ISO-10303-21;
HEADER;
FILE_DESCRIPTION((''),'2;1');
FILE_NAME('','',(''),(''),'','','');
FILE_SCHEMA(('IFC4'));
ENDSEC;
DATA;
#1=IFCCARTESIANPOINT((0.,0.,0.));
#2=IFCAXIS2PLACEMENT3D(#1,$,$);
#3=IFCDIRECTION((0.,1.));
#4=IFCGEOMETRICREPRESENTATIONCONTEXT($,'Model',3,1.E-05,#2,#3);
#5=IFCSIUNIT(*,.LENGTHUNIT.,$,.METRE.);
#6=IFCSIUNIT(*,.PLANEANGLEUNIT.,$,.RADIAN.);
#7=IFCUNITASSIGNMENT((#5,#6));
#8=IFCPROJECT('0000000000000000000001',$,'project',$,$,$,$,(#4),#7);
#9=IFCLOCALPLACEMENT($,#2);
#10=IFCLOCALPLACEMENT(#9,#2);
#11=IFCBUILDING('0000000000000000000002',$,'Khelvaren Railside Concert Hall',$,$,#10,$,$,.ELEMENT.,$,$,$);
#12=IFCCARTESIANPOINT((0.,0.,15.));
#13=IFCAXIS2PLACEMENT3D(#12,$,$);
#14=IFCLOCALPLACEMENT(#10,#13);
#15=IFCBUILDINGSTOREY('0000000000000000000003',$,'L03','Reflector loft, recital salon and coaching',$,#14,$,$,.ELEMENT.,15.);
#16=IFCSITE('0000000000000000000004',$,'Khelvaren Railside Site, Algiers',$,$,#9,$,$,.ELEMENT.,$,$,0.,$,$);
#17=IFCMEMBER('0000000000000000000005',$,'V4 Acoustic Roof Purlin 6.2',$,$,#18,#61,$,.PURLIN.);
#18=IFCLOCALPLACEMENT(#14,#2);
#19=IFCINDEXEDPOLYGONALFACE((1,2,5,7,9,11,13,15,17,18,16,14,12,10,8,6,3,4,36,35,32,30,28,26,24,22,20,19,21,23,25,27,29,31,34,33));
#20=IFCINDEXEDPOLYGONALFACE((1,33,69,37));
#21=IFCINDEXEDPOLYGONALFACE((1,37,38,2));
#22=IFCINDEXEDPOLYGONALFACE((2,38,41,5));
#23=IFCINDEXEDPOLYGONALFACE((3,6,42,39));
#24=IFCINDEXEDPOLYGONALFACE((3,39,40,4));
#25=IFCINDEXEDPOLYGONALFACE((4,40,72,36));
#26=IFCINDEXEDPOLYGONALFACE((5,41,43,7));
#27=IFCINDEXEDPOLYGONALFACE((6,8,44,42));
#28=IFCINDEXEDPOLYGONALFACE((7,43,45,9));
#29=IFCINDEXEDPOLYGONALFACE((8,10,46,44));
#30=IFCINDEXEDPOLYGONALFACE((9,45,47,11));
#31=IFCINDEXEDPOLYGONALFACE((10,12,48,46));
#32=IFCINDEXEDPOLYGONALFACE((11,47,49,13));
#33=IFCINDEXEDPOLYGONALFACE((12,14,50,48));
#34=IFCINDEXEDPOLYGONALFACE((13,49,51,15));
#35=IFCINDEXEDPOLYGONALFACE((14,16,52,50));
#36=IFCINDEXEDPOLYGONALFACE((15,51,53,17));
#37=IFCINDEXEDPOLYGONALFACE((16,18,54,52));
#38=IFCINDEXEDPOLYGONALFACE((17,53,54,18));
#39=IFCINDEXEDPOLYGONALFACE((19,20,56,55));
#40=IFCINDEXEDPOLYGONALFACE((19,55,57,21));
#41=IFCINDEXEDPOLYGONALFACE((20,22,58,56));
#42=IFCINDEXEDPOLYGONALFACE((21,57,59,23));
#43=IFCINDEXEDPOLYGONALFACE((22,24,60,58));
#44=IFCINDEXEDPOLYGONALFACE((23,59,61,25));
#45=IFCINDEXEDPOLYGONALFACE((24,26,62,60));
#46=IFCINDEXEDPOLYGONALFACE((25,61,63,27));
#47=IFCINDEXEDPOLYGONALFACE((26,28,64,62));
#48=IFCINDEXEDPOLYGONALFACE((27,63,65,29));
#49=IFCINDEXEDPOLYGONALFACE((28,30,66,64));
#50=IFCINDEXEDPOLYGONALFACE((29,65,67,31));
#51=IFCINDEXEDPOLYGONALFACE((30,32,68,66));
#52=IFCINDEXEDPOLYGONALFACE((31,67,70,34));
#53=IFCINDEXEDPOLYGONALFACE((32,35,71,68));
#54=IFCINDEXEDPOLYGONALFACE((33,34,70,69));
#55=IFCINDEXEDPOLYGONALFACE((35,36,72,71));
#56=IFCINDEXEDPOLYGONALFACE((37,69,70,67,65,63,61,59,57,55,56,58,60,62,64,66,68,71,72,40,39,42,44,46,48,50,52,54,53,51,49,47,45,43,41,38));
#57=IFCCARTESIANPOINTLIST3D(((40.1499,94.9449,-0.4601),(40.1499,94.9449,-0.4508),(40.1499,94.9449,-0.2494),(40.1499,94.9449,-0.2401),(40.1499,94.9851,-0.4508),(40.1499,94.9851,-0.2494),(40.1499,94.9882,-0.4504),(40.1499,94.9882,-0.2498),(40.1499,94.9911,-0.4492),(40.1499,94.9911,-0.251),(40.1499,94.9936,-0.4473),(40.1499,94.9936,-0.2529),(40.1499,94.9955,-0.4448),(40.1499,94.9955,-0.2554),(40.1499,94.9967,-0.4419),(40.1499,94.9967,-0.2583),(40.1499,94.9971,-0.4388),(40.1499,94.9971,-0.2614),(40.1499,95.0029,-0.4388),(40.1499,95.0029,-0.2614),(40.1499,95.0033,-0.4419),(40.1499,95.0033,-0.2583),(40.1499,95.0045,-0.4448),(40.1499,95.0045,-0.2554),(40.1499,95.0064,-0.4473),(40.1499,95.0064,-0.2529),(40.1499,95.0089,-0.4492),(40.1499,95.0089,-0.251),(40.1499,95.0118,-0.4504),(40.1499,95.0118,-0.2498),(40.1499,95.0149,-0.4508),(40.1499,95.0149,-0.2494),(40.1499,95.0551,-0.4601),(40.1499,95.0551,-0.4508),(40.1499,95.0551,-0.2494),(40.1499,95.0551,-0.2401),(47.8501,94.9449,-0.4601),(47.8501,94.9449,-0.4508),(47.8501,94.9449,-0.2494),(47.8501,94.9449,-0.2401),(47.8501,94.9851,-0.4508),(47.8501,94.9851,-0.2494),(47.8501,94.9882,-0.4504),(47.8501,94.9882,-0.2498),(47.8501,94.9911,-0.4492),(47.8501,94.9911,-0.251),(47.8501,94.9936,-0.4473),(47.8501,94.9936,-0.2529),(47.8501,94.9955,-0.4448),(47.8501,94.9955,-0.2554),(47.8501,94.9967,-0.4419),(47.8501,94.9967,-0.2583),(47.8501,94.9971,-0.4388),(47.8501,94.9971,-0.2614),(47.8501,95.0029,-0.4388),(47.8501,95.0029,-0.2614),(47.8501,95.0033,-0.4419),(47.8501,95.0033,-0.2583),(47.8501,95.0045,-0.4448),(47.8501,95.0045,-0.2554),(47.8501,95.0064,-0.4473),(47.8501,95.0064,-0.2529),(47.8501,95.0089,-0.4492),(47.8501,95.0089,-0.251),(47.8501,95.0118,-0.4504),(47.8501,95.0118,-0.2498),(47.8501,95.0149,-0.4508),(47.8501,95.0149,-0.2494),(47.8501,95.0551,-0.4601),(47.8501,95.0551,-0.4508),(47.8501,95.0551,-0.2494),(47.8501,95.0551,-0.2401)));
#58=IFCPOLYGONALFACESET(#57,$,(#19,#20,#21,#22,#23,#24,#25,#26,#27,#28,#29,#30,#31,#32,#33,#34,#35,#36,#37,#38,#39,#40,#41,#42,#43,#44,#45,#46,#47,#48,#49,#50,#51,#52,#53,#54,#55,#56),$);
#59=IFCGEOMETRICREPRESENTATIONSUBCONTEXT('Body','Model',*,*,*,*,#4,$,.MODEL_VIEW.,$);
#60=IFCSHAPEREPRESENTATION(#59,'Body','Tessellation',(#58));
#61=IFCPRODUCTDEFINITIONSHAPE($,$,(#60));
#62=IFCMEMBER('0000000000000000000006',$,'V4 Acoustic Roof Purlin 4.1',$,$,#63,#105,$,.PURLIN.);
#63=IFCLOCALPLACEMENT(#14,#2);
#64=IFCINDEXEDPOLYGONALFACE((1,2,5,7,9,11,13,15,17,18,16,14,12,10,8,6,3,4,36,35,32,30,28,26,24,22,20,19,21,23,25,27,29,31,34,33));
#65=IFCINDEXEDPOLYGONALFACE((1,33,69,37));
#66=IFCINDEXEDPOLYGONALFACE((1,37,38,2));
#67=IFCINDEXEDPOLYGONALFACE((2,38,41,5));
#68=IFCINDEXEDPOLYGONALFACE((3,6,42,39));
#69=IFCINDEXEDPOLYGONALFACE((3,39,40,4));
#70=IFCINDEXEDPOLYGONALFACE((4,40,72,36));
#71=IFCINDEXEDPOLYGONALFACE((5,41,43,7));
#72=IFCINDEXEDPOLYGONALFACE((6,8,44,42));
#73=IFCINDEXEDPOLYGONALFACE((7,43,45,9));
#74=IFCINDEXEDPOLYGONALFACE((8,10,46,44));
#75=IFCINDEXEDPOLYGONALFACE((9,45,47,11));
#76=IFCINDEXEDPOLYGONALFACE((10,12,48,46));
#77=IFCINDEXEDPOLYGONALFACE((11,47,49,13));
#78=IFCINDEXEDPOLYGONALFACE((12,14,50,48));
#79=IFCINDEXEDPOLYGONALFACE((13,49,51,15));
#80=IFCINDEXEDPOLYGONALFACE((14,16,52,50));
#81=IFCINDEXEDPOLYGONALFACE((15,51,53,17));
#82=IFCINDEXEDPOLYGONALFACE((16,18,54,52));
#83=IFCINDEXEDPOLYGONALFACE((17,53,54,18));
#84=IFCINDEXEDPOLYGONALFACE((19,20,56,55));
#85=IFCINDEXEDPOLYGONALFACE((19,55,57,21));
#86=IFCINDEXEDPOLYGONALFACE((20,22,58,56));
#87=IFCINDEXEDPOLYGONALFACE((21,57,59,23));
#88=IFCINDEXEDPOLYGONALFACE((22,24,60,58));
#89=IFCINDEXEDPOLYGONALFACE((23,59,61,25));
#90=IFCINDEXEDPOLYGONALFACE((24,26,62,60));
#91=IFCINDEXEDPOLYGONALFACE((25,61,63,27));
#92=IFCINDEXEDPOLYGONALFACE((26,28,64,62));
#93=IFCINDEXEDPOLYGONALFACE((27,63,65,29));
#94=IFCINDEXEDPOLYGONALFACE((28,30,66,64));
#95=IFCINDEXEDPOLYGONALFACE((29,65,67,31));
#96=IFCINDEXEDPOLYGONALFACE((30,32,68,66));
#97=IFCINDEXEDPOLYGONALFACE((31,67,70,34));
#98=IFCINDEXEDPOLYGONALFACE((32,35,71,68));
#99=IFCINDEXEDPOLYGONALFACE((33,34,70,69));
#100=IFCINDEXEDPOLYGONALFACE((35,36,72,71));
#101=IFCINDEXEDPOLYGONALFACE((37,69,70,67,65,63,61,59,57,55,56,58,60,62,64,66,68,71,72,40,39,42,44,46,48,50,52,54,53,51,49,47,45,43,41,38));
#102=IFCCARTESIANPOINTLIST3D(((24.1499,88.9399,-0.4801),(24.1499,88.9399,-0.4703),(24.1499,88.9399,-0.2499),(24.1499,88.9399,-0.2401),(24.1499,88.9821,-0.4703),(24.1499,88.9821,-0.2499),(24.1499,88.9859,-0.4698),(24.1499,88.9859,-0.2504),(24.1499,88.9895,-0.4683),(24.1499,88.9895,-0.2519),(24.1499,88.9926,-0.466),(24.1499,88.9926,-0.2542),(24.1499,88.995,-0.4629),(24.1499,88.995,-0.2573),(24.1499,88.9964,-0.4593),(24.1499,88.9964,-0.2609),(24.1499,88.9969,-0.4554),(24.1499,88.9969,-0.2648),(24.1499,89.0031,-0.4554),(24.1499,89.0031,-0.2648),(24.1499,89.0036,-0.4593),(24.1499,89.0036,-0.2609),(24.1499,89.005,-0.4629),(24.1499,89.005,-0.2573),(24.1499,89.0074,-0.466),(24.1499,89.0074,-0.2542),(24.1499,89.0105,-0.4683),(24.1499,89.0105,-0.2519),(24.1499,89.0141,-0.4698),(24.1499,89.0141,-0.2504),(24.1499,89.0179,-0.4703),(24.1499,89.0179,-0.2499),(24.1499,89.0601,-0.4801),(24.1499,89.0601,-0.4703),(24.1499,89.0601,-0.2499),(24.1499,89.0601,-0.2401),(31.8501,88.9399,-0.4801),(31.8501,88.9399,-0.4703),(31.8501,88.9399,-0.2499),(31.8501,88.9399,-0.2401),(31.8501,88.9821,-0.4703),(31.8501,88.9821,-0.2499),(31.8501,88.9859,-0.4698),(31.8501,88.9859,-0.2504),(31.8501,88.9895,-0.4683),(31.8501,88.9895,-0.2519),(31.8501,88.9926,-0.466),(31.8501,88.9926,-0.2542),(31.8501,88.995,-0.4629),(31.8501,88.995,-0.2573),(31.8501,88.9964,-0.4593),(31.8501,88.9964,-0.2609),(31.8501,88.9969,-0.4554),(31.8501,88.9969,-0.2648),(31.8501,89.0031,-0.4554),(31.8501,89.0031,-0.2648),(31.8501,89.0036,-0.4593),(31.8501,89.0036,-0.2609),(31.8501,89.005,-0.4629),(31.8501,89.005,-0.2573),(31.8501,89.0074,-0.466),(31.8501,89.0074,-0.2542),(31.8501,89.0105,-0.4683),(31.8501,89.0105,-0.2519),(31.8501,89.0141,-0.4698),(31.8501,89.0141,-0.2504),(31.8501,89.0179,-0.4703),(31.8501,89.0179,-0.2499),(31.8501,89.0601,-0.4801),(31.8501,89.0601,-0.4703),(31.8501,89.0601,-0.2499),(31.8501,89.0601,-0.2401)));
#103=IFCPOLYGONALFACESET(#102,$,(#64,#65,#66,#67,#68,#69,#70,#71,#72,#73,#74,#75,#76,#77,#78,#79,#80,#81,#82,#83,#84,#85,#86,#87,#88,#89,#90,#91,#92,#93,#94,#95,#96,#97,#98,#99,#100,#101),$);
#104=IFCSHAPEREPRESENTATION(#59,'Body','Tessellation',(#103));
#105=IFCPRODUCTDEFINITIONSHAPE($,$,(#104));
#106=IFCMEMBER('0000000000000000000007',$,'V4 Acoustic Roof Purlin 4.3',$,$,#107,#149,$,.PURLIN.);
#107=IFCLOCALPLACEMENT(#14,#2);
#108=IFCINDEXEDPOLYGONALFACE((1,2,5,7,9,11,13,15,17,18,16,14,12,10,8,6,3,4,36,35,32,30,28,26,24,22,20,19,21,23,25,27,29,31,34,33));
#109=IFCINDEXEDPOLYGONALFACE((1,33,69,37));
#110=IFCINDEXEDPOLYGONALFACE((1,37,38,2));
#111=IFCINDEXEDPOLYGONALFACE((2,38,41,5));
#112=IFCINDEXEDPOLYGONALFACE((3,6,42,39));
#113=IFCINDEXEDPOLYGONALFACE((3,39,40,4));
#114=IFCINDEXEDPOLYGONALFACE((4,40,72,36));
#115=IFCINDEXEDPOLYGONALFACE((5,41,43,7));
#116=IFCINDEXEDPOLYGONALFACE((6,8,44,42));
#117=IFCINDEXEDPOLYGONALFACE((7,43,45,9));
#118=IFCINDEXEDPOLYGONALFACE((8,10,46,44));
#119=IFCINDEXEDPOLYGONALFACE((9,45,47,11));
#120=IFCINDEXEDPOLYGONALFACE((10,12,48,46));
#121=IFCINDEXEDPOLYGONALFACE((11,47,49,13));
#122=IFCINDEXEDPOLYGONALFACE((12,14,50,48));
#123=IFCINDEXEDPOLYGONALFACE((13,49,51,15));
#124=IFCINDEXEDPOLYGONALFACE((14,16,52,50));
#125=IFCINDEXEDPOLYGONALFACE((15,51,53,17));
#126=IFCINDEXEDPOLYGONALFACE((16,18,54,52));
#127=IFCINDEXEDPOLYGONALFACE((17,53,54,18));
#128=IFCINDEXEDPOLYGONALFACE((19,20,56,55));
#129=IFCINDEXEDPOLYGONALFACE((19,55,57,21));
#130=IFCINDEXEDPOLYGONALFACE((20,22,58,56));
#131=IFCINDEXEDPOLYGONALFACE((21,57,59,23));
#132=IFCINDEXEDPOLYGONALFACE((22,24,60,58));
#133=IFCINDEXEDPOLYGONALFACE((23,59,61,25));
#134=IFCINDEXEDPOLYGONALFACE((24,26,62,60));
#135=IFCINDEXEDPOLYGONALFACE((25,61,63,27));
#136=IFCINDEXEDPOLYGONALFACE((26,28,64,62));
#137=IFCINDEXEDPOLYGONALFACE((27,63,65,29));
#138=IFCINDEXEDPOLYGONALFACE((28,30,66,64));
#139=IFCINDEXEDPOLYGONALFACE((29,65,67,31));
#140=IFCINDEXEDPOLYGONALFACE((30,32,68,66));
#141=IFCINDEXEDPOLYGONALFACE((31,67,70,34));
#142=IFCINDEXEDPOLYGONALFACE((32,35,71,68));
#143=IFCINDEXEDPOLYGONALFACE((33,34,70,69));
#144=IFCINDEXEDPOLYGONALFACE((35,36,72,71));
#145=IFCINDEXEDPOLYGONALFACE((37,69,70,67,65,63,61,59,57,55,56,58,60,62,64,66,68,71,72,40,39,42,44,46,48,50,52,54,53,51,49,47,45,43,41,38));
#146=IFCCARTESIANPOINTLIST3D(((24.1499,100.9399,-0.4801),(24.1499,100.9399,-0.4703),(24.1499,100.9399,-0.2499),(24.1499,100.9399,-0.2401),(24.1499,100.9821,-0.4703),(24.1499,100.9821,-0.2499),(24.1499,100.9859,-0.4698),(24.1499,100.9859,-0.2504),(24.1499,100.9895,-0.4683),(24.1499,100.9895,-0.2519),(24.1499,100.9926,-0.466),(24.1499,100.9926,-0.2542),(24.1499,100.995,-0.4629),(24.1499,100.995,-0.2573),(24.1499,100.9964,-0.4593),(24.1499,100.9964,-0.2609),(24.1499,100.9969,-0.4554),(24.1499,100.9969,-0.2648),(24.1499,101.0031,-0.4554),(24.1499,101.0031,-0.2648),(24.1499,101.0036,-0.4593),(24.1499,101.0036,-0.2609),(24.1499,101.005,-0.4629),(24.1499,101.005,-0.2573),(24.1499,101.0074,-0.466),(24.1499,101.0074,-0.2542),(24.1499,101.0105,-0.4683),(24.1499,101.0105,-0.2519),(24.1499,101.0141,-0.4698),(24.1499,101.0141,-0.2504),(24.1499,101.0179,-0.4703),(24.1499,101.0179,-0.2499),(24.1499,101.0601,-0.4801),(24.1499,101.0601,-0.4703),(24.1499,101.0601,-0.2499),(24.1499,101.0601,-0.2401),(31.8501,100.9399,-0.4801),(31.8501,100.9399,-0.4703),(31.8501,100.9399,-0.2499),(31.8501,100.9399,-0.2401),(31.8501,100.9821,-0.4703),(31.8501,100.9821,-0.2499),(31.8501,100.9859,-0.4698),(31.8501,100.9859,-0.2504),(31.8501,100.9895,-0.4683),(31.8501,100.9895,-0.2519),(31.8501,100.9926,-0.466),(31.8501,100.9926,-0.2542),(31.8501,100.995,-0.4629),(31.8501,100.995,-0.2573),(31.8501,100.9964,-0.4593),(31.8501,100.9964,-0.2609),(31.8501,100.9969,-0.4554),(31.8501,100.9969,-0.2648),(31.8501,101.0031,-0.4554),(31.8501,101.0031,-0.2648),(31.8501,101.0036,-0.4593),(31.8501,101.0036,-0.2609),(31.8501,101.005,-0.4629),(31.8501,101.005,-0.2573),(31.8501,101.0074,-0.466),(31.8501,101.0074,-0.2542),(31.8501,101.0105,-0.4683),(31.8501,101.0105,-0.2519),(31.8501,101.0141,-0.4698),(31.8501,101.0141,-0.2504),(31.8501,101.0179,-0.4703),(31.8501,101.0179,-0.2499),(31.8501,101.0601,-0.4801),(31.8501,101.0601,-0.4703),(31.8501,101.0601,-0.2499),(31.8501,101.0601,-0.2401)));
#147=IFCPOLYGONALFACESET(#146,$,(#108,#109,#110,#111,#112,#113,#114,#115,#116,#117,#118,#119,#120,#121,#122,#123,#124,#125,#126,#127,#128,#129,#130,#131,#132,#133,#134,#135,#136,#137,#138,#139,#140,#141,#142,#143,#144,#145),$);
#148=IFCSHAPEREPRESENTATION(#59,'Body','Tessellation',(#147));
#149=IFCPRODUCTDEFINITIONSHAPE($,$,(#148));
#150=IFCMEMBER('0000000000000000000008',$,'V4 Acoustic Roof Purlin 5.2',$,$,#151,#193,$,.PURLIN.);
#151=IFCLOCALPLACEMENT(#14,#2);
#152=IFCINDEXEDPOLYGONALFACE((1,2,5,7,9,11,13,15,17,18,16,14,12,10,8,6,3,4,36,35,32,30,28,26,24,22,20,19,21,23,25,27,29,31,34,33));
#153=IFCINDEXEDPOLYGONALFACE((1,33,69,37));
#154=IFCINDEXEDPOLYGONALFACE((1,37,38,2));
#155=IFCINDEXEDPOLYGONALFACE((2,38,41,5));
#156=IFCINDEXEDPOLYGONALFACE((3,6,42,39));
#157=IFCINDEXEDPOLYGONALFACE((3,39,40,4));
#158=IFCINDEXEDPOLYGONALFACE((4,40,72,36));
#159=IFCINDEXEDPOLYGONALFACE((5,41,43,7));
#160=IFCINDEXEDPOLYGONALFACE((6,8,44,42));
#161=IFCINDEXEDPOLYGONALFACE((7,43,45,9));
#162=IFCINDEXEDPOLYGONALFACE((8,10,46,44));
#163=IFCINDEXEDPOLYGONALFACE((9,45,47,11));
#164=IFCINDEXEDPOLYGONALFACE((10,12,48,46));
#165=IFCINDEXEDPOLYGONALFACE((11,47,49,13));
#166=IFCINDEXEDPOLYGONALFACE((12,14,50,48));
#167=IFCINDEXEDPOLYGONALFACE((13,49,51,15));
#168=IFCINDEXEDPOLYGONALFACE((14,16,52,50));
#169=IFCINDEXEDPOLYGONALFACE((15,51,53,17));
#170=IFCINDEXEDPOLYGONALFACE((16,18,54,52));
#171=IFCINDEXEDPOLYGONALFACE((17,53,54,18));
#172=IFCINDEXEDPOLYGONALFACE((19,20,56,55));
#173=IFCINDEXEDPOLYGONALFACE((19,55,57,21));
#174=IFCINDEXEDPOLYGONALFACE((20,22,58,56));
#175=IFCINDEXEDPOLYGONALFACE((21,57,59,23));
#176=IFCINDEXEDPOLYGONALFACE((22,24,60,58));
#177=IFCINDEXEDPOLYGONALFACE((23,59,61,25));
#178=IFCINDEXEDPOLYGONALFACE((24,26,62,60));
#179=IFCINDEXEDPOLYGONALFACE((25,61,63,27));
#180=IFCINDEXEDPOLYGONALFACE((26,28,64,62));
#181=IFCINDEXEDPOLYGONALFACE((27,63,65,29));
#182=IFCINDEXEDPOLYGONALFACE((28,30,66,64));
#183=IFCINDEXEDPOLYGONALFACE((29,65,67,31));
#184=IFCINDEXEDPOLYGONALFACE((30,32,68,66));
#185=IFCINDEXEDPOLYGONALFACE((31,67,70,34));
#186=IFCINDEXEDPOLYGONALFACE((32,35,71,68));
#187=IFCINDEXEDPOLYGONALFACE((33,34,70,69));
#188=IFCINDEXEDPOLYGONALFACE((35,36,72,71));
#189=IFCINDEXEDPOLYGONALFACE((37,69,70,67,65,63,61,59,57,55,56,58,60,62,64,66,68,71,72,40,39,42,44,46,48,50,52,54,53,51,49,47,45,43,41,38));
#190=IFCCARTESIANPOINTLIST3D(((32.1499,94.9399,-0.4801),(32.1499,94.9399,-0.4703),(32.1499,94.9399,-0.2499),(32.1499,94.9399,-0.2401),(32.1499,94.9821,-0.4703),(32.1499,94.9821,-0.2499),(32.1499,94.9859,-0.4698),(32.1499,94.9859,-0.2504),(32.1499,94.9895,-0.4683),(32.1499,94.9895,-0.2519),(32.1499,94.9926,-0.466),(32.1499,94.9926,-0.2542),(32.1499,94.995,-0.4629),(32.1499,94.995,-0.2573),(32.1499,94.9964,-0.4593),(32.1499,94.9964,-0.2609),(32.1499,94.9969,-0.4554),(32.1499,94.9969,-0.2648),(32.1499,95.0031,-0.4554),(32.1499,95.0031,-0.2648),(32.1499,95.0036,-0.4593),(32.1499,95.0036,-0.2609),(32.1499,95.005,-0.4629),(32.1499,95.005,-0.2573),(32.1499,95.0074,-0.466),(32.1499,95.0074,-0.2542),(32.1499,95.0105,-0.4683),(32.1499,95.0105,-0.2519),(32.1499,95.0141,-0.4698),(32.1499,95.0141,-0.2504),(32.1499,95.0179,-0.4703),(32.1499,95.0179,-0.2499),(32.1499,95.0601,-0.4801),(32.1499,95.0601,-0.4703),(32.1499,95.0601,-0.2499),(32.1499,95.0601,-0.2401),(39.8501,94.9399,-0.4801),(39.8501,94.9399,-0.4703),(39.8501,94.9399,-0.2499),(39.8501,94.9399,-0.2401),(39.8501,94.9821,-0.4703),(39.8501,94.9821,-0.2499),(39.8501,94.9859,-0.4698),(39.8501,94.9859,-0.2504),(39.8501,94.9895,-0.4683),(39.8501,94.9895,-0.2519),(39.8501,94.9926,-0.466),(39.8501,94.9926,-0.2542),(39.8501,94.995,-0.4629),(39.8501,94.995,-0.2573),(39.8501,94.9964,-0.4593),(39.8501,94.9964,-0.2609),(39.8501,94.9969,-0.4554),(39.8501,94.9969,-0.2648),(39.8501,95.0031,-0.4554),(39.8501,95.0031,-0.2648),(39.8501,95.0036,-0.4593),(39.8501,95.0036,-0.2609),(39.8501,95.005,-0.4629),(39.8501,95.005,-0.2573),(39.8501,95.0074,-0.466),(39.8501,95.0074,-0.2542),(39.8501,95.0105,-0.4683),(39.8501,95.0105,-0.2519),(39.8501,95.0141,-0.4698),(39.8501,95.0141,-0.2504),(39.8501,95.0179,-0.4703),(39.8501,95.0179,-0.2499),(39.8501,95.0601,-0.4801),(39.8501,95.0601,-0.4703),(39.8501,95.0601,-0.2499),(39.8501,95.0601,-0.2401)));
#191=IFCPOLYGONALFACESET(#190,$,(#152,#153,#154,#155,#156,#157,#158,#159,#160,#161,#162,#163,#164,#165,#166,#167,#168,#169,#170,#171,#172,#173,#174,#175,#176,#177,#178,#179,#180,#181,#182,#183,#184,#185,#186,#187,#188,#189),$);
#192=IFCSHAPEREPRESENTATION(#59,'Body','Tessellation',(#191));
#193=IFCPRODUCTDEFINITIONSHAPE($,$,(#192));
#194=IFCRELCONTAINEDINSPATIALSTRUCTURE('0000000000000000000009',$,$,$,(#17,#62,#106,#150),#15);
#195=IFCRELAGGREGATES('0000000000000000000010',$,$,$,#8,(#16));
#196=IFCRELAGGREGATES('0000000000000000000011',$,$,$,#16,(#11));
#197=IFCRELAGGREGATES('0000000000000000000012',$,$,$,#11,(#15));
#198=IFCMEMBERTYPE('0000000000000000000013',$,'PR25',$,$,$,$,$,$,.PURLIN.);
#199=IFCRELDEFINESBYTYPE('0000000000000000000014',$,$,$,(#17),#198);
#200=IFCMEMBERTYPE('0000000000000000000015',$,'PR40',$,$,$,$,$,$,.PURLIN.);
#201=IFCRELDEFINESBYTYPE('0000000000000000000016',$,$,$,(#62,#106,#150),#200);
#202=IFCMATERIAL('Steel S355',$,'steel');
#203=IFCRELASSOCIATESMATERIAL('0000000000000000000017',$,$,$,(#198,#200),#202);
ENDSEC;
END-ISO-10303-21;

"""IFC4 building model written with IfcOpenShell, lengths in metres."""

from ifc_helpers import new_model, si_unit, direction, frame, origin, origin_2d, place, context, subcontext, project, spatial, i_section, extrude, material, material_profile, profile_set, type_object, element, save


model = new_model("IFC4")

# Units and contexts
model_context = context("Model", 3, precision=1e-05, world=origin(), true_north=direction((0.0, 1.0)))
body_context = subcontext(model_context, "Body", "Model", "MODEL_VIEW")
ifc_project = project(units=[si_unit("LENGTHUNIT", "METRE"), si_unit("PLANEANGLEUNIT", "RADIAN")], contexts=[model_context])

# Site, building, storey
site_placement = place(None, origin())
site = spatial("IfcSite", under=ifc_project, at=site_placement, Name="Khelvaren Railside Site, Algiers", CompositionType="ELEMENT", RefElevation=0.0)
building_placement = place(site_placement, origin())
building = spatial("IfcBuilding", under=site, at=building_placement, Name="Khelvaren Railside Concert Hall", CompositionType="ELEMENT")
storey_placement = place(building_placement, frame((0.0, 0.0, 15.0)))
storey = spatial("IfcBuildingStorey", under=building, at=storey_placement, Name="L03", Description="Reflector loft, recital salon and coaching", CompositionType="ELEMENT", Elevation=15.0)

# Shared definitions
ifc_material_1 = material(Name="Steel S355", Category="steel")

# Members
ifc_material_profile_1 = material_profile(ifc_material_1, i_section(OverallWidth=0.1101, OverallDepth=0.22, WebThickness=0.0059, FlangeThickness=0.0093, FilletRadius=0.012, at=origin_2d()), Name="IPE 220")
ifc_profile_set_1 = profile_set([ifc_material_profile_1], Name="Steel S355")
member_type_1 = type_object("IfcMemberType", Name="PR25", PredefinedType="PURLIN", material=ifc_profile_set_1)
for number, where, z_axis, x_axis, name in (
    (1, (40.1499, 95.0, -0.3501), (1.0, 0.0, 0.0), (0.0, 1.0, 0.0), "V4 Acoustic Roof Purlin 6.2"),
):
    element("IfcMember", number, at=place(storey_placement, frame(where, z_axis=z_axis, x_axis=x_axis)), inside=storey, type_object=member_type_1, Name=name, PredefinedType="PURLIN", context=body_context, shape_type="SweptSolid", body=[
        extrude(i_section(OverallWidth=0.1101, OverallDepth=0.22, WebThickness=0.0059, FlangeThickness=0.0093, FilletRadius=0.012, at=origin_2d()), origin(), (0.0, 0.0, 1.0), 7.7002),
    ])
ifc_material_profile_2 = material_profile(ifc_material_1, i_section(OverallWidth=0.1201, OverallDepth=0.24, WebThickness=0.0061, FlangeThickness=0.0098, FilletRadius=0.0149, at=origin_2d()), Name="IPE 240")
ifc_profile_set_2 = profile_set([ifc_material_profile_2], Name="Steel S355")
member_type_2 = type_object("IfcMemberType", Name="PR40", PredefinedType="PURLIN", material=ifc_profile_set_2)
for number, where, z_axis, x_axis, name in (
    (2, (24.1499, 89.0, -0.3601), (1.0, 0.0, 0.0), (0.0, 1.0, 0.0), "V4 Acoustic Roof Purlin 4.1"),
    (3, (24.1499, 101.0, -0.3601), (1.0, 0.0, 0.0), (0.0, 1.0, 0.0), "V4 Acoustic Roof Purlin 4.3"),
    (4, (32.1499, 95.0, -0.3601), (1.0, 0.0, 0.0), (0.0, 1.0, 0.0), "V4 Acoustic Roof Purlin 5.2"),
):
    element("IfcMember", number, at=place(storey_placement, frame(where, z_axis=z_axis, x_axis=x_axis)), inside=storey, type_object=member_type_2, Name=name, PredefinedType="PURLIN", context=body_context, shape_type="SweptSolid", body=[
        extrude(i_section(OverallWidth=0.1201, OverallDepth=0.24, WebThickness=0.0061, FlangeThickness=0.0098, FilletRadius=0.0149, at=origin_2d()), origin(), (0.0, 0.0, 1.0), 7.7002),
    ])

save(model, "model.ifc")
